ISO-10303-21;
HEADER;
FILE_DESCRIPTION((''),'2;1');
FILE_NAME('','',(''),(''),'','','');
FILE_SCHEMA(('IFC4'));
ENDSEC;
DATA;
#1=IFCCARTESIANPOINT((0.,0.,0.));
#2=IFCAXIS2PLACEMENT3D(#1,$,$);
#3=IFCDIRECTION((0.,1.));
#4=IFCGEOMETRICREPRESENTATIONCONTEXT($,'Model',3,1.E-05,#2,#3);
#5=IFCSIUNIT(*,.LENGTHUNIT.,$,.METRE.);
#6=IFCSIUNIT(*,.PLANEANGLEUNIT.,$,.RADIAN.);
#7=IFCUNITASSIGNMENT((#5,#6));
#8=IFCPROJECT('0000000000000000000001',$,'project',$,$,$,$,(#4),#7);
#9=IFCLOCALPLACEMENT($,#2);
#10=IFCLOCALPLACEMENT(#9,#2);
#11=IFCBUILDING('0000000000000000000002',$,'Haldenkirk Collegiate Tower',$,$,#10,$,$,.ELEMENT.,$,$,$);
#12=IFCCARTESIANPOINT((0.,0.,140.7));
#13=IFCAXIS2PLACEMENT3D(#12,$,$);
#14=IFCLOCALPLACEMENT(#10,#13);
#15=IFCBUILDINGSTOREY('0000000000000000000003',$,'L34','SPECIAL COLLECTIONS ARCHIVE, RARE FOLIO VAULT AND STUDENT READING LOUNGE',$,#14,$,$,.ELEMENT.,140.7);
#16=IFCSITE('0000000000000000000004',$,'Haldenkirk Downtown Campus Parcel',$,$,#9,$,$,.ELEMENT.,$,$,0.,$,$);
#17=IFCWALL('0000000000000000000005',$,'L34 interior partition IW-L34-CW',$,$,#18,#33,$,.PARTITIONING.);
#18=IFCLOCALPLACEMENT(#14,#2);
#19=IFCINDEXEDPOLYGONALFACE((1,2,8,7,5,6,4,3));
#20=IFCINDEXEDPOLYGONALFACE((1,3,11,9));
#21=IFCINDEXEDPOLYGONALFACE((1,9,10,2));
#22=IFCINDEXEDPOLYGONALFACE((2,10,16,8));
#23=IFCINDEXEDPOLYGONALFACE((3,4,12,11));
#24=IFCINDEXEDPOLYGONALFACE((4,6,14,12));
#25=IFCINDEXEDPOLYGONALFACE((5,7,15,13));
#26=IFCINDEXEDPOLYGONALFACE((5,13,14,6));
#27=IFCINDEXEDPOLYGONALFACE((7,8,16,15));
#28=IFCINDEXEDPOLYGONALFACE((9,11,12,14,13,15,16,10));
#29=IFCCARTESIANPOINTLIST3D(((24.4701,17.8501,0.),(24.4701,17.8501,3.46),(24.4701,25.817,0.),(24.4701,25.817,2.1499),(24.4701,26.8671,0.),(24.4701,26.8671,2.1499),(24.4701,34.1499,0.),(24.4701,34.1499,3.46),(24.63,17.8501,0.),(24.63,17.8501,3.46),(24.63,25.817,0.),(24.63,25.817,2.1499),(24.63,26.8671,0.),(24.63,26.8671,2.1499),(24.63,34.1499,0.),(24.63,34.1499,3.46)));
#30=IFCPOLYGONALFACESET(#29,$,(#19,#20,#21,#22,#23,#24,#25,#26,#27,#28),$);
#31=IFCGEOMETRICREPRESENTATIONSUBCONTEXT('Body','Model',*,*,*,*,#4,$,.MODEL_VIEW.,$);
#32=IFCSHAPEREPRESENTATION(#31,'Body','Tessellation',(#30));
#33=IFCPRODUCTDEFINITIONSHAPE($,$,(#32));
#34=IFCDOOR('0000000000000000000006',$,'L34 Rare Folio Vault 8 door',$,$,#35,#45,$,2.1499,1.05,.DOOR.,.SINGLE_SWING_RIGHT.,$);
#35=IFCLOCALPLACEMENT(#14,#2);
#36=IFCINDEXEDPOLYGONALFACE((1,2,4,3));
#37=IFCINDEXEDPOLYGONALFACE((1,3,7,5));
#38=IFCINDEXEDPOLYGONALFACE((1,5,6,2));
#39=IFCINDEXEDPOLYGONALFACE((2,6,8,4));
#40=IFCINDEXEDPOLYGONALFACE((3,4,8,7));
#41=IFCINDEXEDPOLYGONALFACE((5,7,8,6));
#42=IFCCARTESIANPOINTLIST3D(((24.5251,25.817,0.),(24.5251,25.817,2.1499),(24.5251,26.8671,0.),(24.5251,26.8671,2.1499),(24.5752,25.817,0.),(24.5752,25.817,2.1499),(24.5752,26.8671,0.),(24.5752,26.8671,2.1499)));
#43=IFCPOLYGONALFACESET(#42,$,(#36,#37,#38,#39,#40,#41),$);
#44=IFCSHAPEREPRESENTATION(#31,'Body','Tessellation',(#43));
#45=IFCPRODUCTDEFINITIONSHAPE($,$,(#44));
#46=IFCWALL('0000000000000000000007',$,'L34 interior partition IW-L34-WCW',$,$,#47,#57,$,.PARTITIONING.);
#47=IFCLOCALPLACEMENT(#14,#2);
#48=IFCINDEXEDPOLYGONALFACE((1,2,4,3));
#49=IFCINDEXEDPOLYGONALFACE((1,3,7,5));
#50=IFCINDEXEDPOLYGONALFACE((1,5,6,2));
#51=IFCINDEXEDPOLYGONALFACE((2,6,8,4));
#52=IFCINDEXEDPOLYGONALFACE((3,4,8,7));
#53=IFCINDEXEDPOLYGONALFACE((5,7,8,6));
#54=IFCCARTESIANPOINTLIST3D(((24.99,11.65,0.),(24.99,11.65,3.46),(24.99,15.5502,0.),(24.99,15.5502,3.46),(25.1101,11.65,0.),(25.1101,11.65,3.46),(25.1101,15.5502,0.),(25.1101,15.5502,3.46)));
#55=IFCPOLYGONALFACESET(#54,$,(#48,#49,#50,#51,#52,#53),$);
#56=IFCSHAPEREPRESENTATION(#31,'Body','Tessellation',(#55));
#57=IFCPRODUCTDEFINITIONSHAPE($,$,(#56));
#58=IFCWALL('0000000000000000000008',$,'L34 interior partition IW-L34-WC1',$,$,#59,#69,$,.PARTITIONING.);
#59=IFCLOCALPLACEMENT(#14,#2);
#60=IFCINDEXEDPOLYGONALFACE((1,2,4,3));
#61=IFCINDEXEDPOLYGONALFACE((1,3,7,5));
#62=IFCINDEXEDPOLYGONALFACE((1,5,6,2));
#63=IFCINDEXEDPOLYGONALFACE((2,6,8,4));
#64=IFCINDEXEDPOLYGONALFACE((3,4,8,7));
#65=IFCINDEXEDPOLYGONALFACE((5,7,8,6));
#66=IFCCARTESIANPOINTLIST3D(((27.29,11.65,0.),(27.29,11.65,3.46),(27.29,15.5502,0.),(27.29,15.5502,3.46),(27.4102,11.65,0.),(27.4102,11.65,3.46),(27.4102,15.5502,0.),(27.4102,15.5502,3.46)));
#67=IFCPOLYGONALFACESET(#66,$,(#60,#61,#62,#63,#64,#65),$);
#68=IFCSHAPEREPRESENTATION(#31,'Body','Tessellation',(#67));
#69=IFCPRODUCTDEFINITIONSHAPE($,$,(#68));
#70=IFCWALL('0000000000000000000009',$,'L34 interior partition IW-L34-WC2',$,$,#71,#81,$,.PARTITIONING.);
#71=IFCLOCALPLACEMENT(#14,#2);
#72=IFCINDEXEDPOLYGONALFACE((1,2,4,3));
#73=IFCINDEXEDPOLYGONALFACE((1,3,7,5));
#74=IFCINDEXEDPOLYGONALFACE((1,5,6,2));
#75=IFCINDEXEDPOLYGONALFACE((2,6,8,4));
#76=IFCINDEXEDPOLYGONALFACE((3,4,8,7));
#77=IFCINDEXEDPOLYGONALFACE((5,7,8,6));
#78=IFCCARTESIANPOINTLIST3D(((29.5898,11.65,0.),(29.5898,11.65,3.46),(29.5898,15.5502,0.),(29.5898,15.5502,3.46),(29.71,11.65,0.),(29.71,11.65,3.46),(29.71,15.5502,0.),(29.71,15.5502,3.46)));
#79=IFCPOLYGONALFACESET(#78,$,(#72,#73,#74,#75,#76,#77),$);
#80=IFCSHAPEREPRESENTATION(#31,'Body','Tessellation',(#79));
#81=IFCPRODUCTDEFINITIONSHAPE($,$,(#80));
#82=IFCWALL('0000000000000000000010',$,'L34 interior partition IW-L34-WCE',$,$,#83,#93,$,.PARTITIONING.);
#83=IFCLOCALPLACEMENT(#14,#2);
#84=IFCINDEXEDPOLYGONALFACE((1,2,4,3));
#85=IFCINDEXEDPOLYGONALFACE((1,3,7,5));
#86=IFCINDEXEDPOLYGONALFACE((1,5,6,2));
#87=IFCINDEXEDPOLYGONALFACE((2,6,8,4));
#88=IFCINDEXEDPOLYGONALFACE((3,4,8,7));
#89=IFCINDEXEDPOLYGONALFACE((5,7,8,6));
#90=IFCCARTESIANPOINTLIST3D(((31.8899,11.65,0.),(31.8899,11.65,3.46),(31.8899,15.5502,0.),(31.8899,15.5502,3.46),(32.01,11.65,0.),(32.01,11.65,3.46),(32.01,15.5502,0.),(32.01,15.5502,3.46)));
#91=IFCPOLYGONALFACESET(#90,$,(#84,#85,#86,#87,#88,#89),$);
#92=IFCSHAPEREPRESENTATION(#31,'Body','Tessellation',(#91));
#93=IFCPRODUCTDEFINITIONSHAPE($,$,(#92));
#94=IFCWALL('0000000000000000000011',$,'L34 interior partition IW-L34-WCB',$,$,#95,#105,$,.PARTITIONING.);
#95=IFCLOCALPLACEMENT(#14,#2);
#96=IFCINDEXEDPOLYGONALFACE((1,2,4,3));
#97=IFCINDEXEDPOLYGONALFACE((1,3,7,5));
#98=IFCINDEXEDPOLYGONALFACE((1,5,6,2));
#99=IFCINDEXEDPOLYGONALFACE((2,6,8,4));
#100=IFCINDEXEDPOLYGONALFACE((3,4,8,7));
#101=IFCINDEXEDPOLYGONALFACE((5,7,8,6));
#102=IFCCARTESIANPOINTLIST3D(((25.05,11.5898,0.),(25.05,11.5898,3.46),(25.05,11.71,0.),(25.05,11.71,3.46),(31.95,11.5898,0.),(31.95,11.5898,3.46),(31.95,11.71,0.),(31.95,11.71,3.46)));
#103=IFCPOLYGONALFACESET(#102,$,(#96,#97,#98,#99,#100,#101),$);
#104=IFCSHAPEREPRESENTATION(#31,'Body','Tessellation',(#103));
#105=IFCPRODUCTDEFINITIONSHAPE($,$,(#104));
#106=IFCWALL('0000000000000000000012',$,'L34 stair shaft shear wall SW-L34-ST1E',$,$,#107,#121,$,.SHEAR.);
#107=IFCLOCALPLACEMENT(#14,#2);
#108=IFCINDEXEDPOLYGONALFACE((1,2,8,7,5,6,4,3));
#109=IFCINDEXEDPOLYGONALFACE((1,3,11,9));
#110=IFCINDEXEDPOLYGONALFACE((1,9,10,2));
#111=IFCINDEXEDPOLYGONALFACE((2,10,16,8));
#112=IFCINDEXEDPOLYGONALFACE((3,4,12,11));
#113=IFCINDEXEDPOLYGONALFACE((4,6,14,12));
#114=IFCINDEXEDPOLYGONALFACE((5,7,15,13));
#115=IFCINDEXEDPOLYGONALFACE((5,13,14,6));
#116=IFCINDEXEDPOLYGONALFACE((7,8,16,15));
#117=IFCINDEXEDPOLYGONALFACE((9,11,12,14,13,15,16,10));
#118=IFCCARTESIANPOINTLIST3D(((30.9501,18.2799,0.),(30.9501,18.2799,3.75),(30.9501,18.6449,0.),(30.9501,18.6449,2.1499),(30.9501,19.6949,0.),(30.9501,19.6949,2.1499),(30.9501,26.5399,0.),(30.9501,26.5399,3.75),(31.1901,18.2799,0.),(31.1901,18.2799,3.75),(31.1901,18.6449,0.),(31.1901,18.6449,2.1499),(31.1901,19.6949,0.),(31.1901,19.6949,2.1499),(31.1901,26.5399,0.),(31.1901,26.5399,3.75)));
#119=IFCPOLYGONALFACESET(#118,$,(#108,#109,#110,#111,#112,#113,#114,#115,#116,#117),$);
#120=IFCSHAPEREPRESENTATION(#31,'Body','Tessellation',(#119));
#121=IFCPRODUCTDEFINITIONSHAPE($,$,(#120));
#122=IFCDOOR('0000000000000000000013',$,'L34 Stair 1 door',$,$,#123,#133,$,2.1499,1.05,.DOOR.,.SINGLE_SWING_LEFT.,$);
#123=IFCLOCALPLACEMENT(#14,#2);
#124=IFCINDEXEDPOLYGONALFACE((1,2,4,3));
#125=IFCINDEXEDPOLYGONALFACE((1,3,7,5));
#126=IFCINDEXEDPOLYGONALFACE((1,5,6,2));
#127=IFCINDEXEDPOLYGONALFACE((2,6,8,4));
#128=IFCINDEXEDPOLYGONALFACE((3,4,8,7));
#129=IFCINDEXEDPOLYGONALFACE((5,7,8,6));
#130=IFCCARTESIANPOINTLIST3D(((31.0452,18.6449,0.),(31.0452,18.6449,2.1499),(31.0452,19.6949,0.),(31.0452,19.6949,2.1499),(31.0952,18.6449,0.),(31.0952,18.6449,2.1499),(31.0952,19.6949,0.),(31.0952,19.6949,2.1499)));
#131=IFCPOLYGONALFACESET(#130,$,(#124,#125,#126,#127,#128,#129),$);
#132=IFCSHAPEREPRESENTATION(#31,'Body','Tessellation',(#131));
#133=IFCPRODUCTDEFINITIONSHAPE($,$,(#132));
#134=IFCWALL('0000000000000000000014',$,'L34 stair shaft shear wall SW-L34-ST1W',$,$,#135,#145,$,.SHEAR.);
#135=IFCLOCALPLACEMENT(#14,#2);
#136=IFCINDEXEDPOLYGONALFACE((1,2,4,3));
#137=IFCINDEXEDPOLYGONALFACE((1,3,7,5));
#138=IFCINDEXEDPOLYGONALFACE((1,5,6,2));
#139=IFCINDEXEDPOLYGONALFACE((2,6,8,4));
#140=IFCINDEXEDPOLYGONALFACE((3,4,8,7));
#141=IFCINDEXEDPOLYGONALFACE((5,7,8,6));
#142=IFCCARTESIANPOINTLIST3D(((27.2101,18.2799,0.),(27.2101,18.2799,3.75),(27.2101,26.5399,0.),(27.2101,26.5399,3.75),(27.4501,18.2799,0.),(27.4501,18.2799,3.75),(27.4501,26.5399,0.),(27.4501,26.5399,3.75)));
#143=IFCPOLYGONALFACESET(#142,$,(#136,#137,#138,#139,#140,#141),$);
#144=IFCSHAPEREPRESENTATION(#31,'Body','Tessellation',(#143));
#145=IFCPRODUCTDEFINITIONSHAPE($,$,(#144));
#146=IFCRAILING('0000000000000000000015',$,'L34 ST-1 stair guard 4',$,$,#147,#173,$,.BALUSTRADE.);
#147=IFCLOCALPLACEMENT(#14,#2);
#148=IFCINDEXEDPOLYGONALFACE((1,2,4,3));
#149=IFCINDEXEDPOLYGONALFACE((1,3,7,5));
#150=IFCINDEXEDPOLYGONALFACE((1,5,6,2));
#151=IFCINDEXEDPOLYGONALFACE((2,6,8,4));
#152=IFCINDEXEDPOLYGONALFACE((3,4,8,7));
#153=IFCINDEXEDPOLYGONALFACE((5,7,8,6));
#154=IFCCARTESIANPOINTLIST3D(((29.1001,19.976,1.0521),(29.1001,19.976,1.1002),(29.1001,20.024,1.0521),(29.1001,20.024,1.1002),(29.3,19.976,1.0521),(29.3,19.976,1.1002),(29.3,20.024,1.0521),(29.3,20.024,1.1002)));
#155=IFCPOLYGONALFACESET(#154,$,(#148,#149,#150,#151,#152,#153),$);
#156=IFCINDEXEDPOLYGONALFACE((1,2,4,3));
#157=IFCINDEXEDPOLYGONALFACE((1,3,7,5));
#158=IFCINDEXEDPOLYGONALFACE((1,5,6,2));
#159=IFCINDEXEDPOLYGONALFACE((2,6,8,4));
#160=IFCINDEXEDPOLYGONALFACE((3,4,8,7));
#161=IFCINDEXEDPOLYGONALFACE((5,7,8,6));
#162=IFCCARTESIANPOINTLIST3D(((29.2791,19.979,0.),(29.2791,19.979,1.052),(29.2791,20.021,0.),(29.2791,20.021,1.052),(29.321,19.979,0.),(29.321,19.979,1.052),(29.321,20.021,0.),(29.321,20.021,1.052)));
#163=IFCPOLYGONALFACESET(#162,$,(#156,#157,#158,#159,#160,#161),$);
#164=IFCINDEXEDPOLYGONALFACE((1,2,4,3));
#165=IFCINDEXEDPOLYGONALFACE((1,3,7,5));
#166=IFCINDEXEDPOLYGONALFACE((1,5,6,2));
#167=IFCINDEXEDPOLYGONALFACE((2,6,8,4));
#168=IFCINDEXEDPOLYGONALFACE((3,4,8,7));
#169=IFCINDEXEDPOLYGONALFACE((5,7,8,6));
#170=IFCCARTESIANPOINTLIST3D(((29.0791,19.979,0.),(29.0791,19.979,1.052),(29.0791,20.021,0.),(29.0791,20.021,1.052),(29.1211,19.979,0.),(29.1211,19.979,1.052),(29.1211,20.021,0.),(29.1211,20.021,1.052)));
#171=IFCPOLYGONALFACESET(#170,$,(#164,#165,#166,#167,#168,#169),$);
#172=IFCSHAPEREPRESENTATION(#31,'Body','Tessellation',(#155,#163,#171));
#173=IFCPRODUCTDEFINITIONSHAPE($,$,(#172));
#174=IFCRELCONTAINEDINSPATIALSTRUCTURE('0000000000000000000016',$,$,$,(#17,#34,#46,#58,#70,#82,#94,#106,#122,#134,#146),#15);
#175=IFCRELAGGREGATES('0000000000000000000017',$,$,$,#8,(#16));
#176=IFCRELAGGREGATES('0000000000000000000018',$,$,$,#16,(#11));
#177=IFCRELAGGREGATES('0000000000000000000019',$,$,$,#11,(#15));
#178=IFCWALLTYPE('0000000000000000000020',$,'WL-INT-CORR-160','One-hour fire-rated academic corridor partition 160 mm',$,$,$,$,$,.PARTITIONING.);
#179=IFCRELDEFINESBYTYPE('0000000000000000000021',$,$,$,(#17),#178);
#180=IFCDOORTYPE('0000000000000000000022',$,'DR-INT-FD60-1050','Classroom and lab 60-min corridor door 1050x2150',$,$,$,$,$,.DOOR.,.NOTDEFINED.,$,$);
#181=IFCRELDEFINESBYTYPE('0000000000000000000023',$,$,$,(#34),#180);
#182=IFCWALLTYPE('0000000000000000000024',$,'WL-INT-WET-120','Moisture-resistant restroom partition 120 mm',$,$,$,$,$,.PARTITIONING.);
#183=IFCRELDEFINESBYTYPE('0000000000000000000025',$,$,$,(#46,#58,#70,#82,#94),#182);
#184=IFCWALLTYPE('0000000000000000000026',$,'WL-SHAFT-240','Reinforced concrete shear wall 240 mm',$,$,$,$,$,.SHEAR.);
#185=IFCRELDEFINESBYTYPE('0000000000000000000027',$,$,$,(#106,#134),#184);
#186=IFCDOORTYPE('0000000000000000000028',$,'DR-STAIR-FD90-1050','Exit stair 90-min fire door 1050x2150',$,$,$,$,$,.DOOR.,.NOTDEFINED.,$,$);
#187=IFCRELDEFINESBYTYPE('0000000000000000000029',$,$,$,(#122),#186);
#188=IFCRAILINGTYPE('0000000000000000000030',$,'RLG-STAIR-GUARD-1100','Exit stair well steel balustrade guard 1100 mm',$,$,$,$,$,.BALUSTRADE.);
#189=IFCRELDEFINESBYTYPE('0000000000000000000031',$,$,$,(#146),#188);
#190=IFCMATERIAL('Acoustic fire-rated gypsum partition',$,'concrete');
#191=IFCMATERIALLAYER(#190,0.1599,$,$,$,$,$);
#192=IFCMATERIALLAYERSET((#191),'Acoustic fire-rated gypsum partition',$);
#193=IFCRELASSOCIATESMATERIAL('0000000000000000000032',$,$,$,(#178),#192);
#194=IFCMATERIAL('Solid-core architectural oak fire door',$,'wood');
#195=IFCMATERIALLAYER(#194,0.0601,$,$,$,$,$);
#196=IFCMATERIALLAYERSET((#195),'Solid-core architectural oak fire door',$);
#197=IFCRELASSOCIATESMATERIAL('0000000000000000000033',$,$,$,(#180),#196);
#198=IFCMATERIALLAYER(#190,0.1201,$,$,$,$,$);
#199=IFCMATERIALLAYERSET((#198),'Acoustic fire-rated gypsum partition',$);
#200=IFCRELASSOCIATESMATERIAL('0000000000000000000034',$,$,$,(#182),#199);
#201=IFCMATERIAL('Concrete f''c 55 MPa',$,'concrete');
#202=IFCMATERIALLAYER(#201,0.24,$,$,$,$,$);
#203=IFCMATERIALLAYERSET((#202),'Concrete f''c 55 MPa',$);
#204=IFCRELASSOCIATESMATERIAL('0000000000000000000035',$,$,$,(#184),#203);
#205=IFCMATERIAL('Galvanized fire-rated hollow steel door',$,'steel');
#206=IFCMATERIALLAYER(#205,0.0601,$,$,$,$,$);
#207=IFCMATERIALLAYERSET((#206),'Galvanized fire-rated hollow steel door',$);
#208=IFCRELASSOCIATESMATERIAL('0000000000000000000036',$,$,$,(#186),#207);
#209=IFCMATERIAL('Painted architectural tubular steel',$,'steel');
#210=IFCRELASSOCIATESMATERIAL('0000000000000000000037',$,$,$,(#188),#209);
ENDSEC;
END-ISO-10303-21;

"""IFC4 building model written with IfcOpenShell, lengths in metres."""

from ifc_helpers import new_model, si_unit, direction, frame, frame_2d, origin, origin_2d, place, context, subcontext, project, spatial, rectangle, extrude, material, layer, layer_set, type_object, element, fill, save


model = new_model("IFC4")

# Units and contexts
model_context = context("Model", 3, precision=1e-05, world=origin(), true_north=direction((0.0, 1.0)))
body_context = subcontext(model_context, "Body", "Model", "MODEL_VIEW")
ifc_project = project(units=[si_unit("LENGTHUNIT", "METRE"), si_unit("PLANEANGLEUNIT", "RADIAN")], contexts=[model_context])

# Site, building, storey
site_placement = place(None, origin())
site = spatial("IfcSite", under=ifc_project, at=site_placement, Name="Haldenkirk Downtown Campus Parcel", CompositionType="ELEMENT", RefElevation=0.0)
building_placement = place(site_placement, origin())
building = spatial("IfcBuilding", under=site, at=building_placement, Name="Haldenkirk Collegiate Tower", CompositionType="ELEMENT")
storey_placement = place(building_placement, frame((0.0, 0.0, 140.7)))
storey = spatial("IfcBuildingStorey", under=building, at=storey_placement, Name="L34", Description="SPECIAL COLLECTIONS ARCHIVE, RARE FOLIO VAULT AND STUDENT READING LOUNGE", CompositionType="ELEMENT", Elevation=140.7)

# Shared definitions
ifc_material_1 = material(Name="Concrete f'c 55 MPa", Category="concrete")
ifc_material_2 = material(Name="Galvanized fire-rated hollow steel door", Category="steel")

# Wall, opening, door
ifc_material_3 = material(Name="Acoustic fire-rated gypsum partition", Category="concrete")
ifc_layer_1 = layer(ifc_material_3, 0.1599)
ifc_layer_set_1 = layer_set([ifc_layer_1], Name="Acoustic fire-rated gypsum partition")
wall_type_1 = type_object("IfcWallType", Name="WL-INT-CORR-160", Description="One-hour fire-rated academic corridor partition 160 mm", PredefinedType="PARTITIONING", material=ifc_layer_set_1)
wall_1_placement = place(storey_placement, frame((24.55, 17.8501, 0.0), z_axis=(0.0, 0.0, 1.0), x_axis=(0.0, 1.0, 0.0)))
wall_1 = element("IfcWall", 1, at=wall_1_placement, inside=storey, type_object=wall_type_1, Name="L34 interior partition IW-L34-CW", PredefinedType="PARTITIONING", context=body_context, shape_type="SweptSolid", body=[
    extrude(rectangle(XDim=16.2998, YDim=0.1599, at=frame_2d((8.1499, 0.0))), origin(), (0.0, 0.0, 1.0), 3.46),
])
opening_1_placement = place(wall_1_placement, frame((7.967, 0.0, 0.0)))
opening_1 = element("IfcOpeningElement", 2, at=opening_1_placement, cuts=wall_1, PredefinedType="OPENING", context=body_context, shape_type="SweptSolid", body=[
    extrude(rectangle(XDim=1.05, YDim=2.1499, at=frame_2d((0.5249, 1.075))), frame((0.0, 0.0898, 0.0), z_axis=(0.0, -1.0, 0.0), x_axis=(1.0, 0.0, 0.0)), (0.0, 0.0, 1.0), 0.1799),
])
ifc_material_4 = material(Name="Solid-core architectural oak fire door", Category="wood")
ifc_layer_2 = layer(ifc_material_4, 0.0601)
ifc_layer_set_2 = layer_set([ifc_layer_2], Name="Solid-core architectural oak fire door")
door_type_1 = type_object("IfcDoorType", Name="DR-INT-FD60-1050", Description="Classroom and lab 60-min corridor door 1050x2150", OperationType="NOTDEFINED", PredefinedType="DOOR", material=ifc_layer_set_2)
door_1_placement = place(opening_1_placement, origin())
door_1 = element("IfcDoor", 3, at=door_1_placement, inside=storey, type_object=door_type_1, Name="L34 Rare Folio Vault 8 door", OperationType="SINGLE_SWING_RIGHT", OverallHeight=2.1499, OverallWidth=1.05, PredefinedType="DOOR", context=body_context, shape_type="SweptSolid", body=[
    extrude(rectangle(XDim=1.05, YDim=2.1499, at=frame_2d((0.5249, 1.075))), frame((0.0, 0.0249, 0.0), z_axis=(0.0, -1.0, 0.0), x_axis=(1.0, 0.0, 0.0)), (0.0, 0.0, 1.0), 0.05),
])
fill(opening_1, door_1)

# Walls
ifc_layer_3 = layer(ifc_material_3, 0.1201)
ifc_layer_set_3 = layer_set([ifc_layer_3], Name="Acoustic fire-rated gypsum partition")
wall_type_2 = type_object("IfcWallType", Name="WL-INT-WET-120", Description="Moisture-resistant restroom partition 120 mm", PredefinedType="PARTITIONING", material=ifc_layer_set_3)
for number, where, z_axis, x_axis, name in (
    (4, (25.05, 11.6499, 0.0), (0.0, 0.0, 1.0), (0.0, 1.0, 0.0), "L34 interior partition IW-L34-WCW"),
    (5, (27.3501, 11.6499, 0.0), (0.0, 0.0, 1.0), (0.0, 1.0, 0.0), "L34 interior partition IW-L34-WC1"),
    (6, (29.6499, 11.6499, 0.0), (0.0, 0.0, 1.0), (0.0, 1.0, 0.0), "L34 interior partition IW-L34-WC2"),
    (7, (31.95, 11.6499, 0.0), (0.0, 0.0, 1.0), (0.0, 1.0, 0.0), "L34 interior partition IW-L34-WCE"),
):
    element("IfcWall", number, at=place(storey_placement, frame(where, z_axis=z_axis, x_axis=x_axis)), inside=storey, type_object=wall_type_2, Name=name, PredefinedType="PARTITIONING", context=body_context, shape_type="SweptSolid", body=[
        extrude(rectangle(XDim=3.9001, YDim=0.1201, at=frame_2d((1.9502, 0.0))), origin(), (0.0, 0.0, 1.0), 3.46),
    ])
wall_2_placement = place(storey_placement, frame((25.05, 11.6499, 0.0), z_axis=(0.0, 0.0, 1.0), x_axis=(1.0, 0.0, 0.0)))
element("IfcWall", 8, at=wall_2_placement, inside=storey, type_object=wall_type_2, Name="L34 interior partition IW-L34-WCB", PredefinedType="PARTITIONING", context=body_context, shape_type="SweptSolid", body=[
    extrude(rectangle(XDim=6.8999, YDim=0.1201, at=frame_2d((3.45, 0.0))), origin(), (0.0, 0.0, 1.0), 3.46),
])

# Wall, opening, door
ifc_layer_4 = layer(ifc_material_1, 0.24)
ifc_layer_set_4 = layer_set([ifc_layer_4], Name="Concrete f'c 55 MPa")
wall_type_3 = type_object("IfcWallType", Name="WL-SHAFT-240", Description="Reinforced concrete shear wall 240 mm", PredefinedType="SHEAR", material=ifc_layer_set_4)
wall_3_placement = place(storey_placement, frame((31.0701, 18.28, 0.0), z_axis=(0.0, 0.0, 1.0), x_axis=(0.0, 1.0, 0.0)))
wall_3 = element("IfcWall", 9, at=wall_3_placement, inside=storey, type_object=wall_type_3, Name="L34 stair shaft shear wall SW-L34-ST1E", PredefinedType="SHEAR", context=body_context, shape_type="SweptSolid", body=[
    extrude(rectangle(XDim=8.26, YDim=0.24, at=frame_2d((4.1299, 0.0))), origin(), (0.0, 0.0, 1.0), 3.75),
])
opening_2_placement = place(wall_3_placement, frame((0.365, 0.0, 0.0)))
opening_2 = element("IfcOpeningElement", 10, at=opening_2_placement, cuts=wall_3, PredefinedType="OPENING", context=body_context, shape_type="SweptSolid", body=[
    extrude(rectangle(XDim=1.05, YDim=2.1499, at=frame_2d((0.5249, 1.075))), frame((0.0, 0.1299, 0.0), z_axis=(0.0, -1.0, 0.0), x_axis=(1.0, 0.0, 0.0)), (0.0, 0.0, 1.0), 0.26),
])
ifc_layer_5 = layer(ifc_material_2, 0.0601)
ifc_layer_set_5 = layer_set([ifc_layer_5], Name="Galvanized fire-rated hollow steel door")
door_type_2 = type_object("IfcDoorType", Name="DR-STAIR-FD90-1050", Description="Exit stair 90-min fire door 1050x2150", OperationType="NOTDEFINED", PredefinedType="DOOR", material=ifc_layer_set_5)
door_2_placement = place(opening_2_placement, origin())
door_2 = element("IfcDoor", 11, at=door_2_placement, inside=storey, type_object=door_type_2, Name="L34 Stair 1 door", OperationType="SINGLE_SWING_LEFT", OverallHeight=2.1499, OverallWidth=1.05, PredefinedType="DOOR", context=body_context, shape_type="SweptSolid", body=[
    extrude(rectangle(XDim=1.05, YDim=2.1499, at=frame_2d((0.5249, 1.075))), frame((0.0, 0.0249, 0.0), z_axis=(0.0, -1.0, 0.0), x_axis=(1.0, 0.0, 0.0)), (0.0, 0.0, 1.0), 0.05),
])
fill(opening_2, door_2)

# Wall
wall_4_placement = place(storey_placement, frame((27.3301, 18.28, 0.0), z_axis=(0.0, 0.0, 1.0), x_axis=(0.0, 1.0, 0.0)))
element("IfcWall", 12, at=wall_4_placement, inside=storey, type_object=wall_type_3, Name="L34 stair shaft shear wall SW-L34-ST1W", PredefinedType="SHEAR", context=body_context, shape_type="SweptSolid", body=[
    extrude(rectangle(XDim=8.26, YDim=0.24, at=frame_2d((4.1299, 0.0))), origin(), (0.0, 0.0, 1.0), 3.75),
])

# Railing
ifc_material_5 = material(Name="Painted architectural tubular steel", Category="steel")
railing_type = type_object("IfcRailingType", Name="RLG-STAIR-GUARD-1100", Description="Exit stair well steel balustrade guard 1100 mm", PredefinedType="BALUSTRADE", material=ifc_material_5)
railing_placement = place(storey_placement, frame((29.3, 20.0, 0.0)))
element("IfcRailing", 13, at=railing_placement, inside=storey, type_object=railing_type, Name="L34 ST-1 stair guard 4", PredefinedType="BALUSTRADE", context=body_context, shape_type="SweptSolid", body=[
    extrude(rectangle(XDim=0.0481, YDim=0.0481, at=origin_2d()), frame((0.0, 0.0, 1.0762), z_axis=(-1.0, 0.0, 0.0), x_axis=(0.0, -1.0, 0.0)), (0.0, 0.0, 1.0), 0.2),
    extrude(rectangle(XDim=0.042, YDim=0.042, at=origin_2d()), origin(), (0.0, 0.0, 1.0), 1.052),
    extrude(rectangle(XDim=0.042, YDim=0.042, at=origin_2d()), frame((-0.2, 0.0, 0.0)), (0.0, 0.0, 1.0), 1.052),
])

save(model, "model.ifc")
